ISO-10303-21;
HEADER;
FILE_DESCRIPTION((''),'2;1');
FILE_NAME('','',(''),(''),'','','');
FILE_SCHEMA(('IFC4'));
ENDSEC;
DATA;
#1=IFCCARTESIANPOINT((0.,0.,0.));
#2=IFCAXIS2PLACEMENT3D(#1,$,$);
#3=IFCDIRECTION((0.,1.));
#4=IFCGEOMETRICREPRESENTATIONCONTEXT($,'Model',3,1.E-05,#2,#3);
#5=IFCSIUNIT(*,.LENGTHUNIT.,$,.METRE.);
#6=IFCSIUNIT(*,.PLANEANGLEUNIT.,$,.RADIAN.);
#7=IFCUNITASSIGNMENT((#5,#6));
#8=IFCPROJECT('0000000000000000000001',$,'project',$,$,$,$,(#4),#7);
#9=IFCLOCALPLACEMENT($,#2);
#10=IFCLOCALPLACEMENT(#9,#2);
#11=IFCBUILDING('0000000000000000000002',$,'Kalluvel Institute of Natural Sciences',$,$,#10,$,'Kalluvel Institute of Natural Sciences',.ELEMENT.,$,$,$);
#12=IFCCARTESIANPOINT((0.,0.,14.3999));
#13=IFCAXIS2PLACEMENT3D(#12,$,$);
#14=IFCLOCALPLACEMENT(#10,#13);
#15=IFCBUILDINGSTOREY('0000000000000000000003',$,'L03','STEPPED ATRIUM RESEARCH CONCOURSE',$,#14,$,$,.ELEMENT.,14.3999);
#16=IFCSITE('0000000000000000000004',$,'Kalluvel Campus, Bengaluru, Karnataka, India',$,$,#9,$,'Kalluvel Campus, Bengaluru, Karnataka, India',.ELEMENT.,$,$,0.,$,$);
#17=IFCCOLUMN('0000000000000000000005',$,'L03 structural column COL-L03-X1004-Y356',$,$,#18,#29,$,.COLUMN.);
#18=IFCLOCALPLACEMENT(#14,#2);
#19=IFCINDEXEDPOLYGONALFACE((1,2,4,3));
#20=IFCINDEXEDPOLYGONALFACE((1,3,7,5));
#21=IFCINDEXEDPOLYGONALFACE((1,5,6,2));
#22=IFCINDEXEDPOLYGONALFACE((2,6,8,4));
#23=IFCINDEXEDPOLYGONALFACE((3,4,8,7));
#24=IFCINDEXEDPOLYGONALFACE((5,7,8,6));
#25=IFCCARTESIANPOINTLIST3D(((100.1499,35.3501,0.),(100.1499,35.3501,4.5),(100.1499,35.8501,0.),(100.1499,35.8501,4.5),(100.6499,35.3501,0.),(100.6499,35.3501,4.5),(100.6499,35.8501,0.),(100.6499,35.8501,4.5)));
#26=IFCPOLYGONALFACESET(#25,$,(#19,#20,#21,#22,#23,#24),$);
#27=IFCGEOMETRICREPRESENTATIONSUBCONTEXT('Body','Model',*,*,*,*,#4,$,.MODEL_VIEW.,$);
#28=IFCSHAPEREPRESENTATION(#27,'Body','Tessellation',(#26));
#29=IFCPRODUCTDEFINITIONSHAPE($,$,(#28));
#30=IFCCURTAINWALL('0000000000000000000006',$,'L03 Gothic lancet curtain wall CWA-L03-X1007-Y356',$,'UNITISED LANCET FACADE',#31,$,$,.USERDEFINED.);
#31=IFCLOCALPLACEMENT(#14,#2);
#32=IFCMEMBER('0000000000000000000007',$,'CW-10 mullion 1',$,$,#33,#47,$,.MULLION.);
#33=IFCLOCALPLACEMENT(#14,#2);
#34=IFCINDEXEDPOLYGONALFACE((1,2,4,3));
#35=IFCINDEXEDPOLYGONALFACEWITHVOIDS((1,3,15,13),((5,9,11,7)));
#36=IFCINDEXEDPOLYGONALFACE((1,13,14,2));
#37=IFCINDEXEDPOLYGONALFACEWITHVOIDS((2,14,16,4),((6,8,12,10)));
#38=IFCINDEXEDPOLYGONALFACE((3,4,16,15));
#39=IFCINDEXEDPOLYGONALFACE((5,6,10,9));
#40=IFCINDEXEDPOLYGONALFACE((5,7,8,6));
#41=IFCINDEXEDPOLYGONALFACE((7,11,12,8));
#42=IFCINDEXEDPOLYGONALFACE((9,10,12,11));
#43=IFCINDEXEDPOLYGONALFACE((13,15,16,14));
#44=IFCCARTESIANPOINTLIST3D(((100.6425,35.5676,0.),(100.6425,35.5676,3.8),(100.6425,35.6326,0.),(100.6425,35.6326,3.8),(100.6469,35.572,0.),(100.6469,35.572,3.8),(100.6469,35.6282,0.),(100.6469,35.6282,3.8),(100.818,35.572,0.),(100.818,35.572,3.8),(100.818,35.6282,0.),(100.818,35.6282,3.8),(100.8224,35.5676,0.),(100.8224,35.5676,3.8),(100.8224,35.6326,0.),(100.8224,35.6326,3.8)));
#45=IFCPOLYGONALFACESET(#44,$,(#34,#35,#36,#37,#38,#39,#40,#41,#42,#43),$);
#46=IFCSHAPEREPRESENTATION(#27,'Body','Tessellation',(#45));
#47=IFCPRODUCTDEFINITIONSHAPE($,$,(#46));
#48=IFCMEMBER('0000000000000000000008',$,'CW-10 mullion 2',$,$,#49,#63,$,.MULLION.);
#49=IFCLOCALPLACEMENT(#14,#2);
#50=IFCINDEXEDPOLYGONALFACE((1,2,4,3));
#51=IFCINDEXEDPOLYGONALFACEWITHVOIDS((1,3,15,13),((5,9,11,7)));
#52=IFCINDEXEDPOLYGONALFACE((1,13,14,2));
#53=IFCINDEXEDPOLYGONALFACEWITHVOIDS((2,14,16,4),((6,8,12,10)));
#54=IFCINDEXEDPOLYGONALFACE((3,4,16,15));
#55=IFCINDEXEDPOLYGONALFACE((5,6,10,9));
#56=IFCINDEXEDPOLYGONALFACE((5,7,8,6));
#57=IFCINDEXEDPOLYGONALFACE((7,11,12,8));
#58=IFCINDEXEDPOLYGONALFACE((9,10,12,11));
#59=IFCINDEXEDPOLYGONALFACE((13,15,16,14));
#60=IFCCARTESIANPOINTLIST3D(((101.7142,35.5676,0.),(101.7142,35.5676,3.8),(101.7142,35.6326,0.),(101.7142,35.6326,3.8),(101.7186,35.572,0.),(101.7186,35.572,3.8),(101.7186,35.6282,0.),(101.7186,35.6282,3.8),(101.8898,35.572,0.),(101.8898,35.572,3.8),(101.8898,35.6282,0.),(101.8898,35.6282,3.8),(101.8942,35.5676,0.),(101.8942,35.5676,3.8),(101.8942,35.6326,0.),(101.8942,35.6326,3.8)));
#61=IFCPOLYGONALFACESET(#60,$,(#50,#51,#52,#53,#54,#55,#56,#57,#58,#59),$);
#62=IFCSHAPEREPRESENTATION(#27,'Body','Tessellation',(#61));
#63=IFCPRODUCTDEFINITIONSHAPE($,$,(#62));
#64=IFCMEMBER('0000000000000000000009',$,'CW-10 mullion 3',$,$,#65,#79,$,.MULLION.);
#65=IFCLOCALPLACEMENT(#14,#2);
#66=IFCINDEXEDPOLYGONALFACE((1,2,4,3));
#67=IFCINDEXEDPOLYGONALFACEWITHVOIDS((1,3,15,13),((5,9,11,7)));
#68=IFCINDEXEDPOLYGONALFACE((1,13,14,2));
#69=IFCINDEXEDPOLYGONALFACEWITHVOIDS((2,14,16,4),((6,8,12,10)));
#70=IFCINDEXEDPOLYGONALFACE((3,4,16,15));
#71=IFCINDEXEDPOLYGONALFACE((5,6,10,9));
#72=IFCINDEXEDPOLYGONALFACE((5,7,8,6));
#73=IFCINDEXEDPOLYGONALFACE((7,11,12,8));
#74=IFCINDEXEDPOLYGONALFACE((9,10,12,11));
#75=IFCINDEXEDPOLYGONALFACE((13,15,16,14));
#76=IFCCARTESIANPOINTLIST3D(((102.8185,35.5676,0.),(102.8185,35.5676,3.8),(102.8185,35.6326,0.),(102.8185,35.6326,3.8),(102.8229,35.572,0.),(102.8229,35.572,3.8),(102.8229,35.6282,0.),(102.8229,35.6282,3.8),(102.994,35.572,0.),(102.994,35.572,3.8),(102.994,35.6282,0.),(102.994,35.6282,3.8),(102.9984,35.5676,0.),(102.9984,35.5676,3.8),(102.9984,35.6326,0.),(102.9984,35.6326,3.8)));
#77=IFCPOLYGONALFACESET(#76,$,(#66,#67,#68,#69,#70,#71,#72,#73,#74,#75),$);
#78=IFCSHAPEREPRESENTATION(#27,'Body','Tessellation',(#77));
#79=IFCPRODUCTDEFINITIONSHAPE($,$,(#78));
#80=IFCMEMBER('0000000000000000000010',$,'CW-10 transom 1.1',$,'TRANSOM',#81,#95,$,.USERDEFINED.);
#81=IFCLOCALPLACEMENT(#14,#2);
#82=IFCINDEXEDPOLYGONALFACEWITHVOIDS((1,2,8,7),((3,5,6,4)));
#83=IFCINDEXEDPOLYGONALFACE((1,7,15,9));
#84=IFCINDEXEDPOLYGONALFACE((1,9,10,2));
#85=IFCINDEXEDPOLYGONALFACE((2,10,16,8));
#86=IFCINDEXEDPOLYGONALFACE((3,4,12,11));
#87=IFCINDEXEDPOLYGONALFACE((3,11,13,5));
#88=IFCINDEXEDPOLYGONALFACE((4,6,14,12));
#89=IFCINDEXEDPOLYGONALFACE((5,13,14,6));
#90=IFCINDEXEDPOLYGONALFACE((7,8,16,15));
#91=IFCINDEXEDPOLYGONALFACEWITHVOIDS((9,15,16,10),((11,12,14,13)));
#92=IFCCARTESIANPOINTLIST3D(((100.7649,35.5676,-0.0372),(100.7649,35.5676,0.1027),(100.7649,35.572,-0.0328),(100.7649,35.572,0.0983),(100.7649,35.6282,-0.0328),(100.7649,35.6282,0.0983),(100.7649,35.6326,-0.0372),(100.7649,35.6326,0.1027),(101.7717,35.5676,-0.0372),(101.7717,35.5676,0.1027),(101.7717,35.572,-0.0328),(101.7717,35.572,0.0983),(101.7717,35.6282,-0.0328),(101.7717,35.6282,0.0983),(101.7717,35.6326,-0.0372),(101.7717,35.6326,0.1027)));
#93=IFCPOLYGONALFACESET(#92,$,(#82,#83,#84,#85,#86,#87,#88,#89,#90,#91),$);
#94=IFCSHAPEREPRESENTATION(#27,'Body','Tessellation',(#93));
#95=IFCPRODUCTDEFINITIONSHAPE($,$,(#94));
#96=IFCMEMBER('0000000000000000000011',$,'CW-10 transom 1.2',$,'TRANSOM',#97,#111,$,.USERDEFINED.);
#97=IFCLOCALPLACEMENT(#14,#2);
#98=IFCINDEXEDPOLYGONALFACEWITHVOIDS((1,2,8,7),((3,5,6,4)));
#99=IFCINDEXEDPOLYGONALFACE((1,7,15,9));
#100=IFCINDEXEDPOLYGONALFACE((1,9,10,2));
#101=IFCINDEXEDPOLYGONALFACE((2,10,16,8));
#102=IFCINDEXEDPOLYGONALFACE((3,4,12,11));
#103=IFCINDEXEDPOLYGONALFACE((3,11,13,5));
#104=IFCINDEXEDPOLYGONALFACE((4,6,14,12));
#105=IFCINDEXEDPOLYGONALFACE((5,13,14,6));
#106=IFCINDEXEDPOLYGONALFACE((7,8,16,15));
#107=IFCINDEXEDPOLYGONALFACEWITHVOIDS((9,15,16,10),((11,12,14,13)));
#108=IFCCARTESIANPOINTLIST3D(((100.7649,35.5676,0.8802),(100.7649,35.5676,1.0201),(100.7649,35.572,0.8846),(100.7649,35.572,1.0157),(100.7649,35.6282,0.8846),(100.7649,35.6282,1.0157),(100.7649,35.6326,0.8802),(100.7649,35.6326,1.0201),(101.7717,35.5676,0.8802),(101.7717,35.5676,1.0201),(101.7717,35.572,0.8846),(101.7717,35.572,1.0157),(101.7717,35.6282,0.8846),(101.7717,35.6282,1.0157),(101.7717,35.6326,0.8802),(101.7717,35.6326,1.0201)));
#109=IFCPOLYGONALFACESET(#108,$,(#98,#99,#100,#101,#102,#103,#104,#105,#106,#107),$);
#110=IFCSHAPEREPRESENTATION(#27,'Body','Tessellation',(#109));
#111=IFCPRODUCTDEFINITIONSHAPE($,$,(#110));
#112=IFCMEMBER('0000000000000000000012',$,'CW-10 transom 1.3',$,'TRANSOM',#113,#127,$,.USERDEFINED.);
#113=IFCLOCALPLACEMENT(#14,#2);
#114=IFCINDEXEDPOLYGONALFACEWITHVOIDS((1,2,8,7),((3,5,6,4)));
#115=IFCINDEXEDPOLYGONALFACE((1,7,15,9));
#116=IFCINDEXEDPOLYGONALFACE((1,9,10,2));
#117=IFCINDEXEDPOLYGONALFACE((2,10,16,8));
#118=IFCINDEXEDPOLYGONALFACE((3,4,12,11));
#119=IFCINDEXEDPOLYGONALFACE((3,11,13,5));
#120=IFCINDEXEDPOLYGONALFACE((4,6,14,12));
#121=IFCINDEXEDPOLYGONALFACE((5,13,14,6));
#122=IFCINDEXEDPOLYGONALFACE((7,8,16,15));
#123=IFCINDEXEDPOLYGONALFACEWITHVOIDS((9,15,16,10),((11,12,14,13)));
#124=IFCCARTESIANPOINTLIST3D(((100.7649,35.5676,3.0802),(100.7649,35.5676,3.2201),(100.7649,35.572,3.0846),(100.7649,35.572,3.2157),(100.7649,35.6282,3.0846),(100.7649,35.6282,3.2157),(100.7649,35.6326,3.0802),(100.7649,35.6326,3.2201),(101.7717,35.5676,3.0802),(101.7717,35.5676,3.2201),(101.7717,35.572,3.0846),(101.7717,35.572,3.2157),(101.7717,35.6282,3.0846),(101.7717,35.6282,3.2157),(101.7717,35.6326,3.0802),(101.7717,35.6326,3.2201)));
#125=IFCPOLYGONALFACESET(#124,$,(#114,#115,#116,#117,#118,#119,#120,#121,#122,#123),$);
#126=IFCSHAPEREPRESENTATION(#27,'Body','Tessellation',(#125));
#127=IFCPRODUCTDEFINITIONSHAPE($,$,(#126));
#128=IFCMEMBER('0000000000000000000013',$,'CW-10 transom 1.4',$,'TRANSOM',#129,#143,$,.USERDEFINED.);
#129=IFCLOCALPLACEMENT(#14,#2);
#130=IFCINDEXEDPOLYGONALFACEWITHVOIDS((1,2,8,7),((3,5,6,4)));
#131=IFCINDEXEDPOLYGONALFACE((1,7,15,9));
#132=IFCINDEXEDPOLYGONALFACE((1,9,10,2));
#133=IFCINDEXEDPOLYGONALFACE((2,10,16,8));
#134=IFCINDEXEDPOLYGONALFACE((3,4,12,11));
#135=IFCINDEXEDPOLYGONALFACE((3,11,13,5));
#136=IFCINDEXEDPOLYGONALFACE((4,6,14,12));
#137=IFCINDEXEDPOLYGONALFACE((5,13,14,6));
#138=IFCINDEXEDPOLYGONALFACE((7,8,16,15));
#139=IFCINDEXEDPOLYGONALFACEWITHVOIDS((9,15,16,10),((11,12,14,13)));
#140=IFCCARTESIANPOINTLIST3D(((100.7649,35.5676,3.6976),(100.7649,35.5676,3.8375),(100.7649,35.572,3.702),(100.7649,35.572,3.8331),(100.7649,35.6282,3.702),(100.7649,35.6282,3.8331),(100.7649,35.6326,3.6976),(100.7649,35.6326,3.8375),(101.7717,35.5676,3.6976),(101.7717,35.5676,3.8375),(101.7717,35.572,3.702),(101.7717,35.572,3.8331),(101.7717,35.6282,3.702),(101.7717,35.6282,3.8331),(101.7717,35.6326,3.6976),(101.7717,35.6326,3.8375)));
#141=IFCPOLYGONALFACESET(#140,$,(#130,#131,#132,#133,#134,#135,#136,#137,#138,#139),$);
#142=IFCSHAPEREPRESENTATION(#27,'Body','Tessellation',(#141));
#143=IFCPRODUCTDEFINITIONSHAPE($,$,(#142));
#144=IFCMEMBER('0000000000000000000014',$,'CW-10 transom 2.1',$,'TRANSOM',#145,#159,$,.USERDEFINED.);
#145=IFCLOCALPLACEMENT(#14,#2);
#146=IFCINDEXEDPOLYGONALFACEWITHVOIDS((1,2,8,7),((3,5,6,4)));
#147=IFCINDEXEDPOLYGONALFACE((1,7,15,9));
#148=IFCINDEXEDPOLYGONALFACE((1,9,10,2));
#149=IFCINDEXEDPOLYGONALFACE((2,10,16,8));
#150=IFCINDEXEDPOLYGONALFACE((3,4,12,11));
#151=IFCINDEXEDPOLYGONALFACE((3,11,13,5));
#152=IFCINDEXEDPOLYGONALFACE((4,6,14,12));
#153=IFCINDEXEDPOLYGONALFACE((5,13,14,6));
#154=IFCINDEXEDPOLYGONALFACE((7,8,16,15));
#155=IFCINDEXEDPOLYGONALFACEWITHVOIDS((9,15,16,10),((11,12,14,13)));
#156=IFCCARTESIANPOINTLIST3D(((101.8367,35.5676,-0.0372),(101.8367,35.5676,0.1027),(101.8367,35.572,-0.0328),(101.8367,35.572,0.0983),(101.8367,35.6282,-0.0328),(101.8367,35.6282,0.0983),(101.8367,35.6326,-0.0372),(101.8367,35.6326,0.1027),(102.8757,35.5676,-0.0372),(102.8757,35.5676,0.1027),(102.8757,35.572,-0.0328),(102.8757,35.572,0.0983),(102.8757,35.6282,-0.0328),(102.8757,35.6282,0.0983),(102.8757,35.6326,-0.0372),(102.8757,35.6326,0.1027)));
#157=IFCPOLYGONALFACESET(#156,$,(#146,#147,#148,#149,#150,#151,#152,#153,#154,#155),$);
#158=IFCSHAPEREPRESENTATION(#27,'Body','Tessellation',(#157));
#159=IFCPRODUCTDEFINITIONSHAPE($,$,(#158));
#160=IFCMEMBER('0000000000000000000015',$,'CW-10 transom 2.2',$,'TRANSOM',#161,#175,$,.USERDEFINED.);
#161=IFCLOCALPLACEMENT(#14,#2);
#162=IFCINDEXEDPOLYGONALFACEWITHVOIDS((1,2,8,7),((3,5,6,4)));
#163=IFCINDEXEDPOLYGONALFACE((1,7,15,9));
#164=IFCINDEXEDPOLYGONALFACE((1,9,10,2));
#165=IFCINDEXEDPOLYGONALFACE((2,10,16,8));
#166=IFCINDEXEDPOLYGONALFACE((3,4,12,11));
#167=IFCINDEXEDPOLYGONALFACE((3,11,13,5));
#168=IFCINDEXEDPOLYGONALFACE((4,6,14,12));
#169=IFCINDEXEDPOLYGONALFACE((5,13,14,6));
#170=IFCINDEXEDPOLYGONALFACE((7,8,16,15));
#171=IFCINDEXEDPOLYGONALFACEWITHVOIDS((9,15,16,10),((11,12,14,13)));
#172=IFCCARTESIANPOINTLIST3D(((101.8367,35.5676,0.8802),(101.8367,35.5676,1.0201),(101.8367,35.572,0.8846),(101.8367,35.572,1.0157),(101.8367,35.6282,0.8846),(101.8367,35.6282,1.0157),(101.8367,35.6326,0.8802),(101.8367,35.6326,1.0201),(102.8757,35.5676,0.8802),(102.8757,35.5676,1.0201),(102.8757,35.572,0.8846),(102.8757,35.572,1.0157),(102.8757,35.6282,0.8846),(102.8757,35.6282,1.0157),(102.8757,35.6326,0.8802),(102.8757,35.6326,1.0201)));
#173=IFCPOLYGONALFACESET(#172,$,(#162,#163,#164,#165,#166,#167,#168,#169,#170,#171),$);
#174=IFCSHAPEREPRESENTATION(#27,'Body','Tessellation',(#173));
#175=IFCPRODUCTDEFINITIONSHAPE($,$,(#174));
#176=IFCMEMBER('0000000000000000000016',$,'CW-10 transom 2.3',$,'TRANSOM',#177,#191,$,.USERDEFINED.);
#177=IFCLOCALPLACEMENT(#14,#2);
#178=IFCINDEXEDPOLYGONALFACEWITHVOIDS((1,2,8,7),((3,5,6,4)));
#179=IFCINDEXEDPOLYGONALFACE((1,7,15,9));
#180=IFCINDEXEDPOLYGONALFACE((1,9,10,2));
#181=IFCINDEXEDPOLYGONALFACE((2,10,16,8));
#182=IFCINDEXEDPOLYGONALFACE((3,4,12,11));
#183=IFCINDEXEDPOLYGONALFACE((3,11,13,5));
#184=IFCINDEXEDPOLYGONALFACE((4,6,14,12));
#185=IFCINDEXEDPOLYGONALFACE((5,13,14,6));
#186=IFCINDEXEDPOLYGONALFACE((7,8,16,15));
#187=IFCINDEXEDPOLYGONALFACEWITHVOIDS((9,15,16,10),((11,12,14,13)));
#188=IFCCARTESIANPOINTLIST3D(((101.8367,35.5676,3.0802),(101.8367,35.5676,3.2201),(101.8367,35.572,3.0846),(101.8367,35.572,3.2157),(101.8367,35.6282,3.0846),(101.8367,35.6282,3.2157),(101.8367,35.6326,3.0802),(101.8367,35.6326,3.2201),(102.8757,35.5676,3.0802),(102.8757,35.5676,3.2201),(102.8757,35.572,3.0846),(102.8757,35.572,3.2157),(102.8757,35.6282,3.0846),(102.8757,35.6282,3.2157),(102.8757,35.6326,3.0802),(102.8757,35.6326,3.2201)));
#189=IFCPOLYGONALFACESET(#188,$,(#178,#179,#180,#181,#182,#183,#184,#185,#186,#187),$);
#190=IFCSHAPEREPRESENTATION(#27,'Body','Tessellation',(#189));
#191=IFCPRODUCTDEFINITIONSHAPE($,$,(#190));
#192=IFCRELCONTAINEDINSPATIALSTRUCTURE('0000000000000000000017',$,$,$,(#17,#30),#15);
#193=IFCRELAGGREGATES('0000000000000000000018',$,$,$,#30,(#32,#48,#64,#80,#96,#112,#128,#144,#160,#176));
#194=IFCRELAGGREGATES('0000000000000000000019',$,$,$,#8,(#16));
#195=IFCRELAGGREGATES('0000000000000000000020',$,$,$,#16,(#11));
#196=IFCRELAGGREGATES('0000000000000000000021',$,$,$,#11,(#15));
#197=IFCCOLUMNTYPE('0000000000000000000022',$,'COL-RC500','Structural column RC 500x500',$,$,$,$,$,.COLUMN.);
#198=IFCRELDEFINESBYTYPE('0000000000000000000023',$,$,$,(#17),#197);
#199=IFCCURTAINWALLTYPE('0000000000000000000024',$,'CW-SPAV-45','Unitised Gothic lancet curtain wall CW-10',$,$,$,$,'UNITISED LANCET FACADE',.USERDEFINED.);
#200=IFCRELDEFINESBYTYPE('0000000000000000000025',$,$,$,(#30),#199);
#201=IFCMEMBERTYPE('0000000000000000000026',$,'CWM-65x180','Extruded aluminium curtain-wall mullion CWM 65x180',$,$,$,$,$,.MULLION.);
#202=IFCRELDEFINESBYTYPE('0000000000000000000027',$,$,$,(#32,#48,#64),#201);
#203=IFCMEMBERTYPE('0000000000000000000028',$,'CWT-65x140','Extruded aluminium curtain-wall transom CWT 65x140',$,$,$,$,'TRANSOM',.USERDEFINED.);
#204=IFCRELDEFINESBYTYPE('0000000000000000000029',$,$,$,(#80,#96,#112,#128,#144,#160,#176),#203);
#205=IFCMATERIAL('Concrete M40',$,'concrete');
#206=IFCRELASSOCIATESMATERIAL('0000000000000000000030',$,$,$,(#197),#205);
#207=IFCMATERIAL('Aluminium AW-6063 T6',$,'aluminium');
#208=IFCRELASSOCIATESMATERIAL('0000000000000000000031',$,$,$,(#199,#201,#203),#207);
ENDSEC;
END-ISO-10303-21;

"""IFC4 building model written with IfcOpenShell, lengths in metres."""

from ifc_helpers import new_model, si_unit, direction, frame, origin, origin_2d, place, context, subcontext, project, spatial, rectangle, hollow_rectangle, extrude, material, material_profile, profile_set, type_object, element, aggregate, save


model = new_model("IFC4")

# Units and contexts
model_context = context("Model", 3, precision=1e-05, world=origin(), true_north=direction((0.0, 1.0)))
body_context = subcontext(model_context, "Body", "Model", "MODEL_VIEW")
ifc_project = project(units=[si_unit("LENGTHUNIT", "METRE"), si_unit("PLANEANGLEUNIT", "RADIAN")], contexts=[model_context])

# Site, building, storey
site_placement = place(None, origin())
site = spatial("IfcSite", under=ifc_project, at=site_placement, Name="Kalluvel Campus, Bengaluru, Karnataka, India", LongName="Kalluvel Campus, Bengaluru, Karnataka, India", CompositionType="ELEMENT", RefElevation=0.0)
building_placement = place(site_placement, origin())
building = spatial("IfcBuilding", under=site, at=building_placement, Name="Kalluvel Institute of Natural Sciences", LongName="Kalluvel Institute of Natural Sciences", CompositionType="ELEMENT")
storey_placement = place(building_placement, frame((0.0, 0.0, 14.3999)))
storey = spatial("IfcBuildingStorey", under=building, at=storey_placement, Name="L03", Description="STEPPED ATRIUM RESEARCH CONCOURSE", CompositionType="ELEMENT", Elevation=14.3999)

# Column
ifc_material_1 = material(Name="Concrete M40", Category="concrete")
ifc_material_profile_1 = material_profile(ifc_material_1, rectangle(XDim=0.5, YDim=0.5, at=origin_2d()), Name="RC 500x500")
ifc_profile_set_1 = profile_set([ifc_material_profile_1], Name="Concrete M40")
column_type = type_object("IfcColumnType", Name="COL-RC500", Description="Structural column RC 500x500", PredefinedType="COLUMN", material=ifc_profile_set_1)
column_placement = place(storey_placement, frame((100.3999, 35.6001, 0.0), z_axis=(0.0, 0.0, 1.0), x_axis=(1.0, 0.0, 0.0)))
element("IfcColumn", 1, at=column_placement, inside=storey, type_object=column_type, Name="L03 structural column COL-L03-X1004-Y356", PredefinedType="COLUMN", context=body_context, shape_type="SweptSolid", body=[
    extrude(rectangle(XDim=0.5, YDim=0.5, at=origin_2d()), origin(), (0.0, 0.0, 1.0), 4.5),
])

# Curtain wall, members
ifc_material_2 = material(Name="Aluminium AW-6063 T6", Category="aluminium")
curtain_wall_type = type_object("IfcCurtainWallType", Name="CW-SPAV-45", Description="Unitised Gothic lancet curtain wall CW-10", ElementType="UNITISED LANCET FACADE", PredefinedType="USERDEFINED", material=ifc_material_2)
curtain_wall_placement = place(storey_placement, origin())
curtain_wall = element("IfcCurtainWall", 2, at=curtain_wall_placement, inside=storey, type_object=curtain_wall_type, Name="L03 Gothic lancet curtain wall CWA-L03-X1007-Y356", ObjectType="UNITISED LANCET FACADE", PredefinedType="USERDEFINED")
ifc_material_profile_2 = material_profile(ifc_material_2, hollow_rectangle(XDim=0.0649, YDim=0.1799, WallThickness=0.0044, at=origin_2d()), Name="CWM 65x180")
ifc_profile_set_2 = profile_set([ifc_material_profile_2], Name="Aluminium AW-6063 T6")
member_type_1 = type_object("IfcMemberType", Name="CWM-65x180", Description="Extruded aluminium curtain-wall mullion CWM 65x180", PredefinedType="MULLION", material=ifc_profile_set_2)
member_1_placement = place(storey_placement, frame((100.7324, 35.6001, 0.0), z_axis=(0.0, 0.0, 1.0), x_axis=(0.0, 1.0, 0.0)))
member_1 = element("IfcMember", 3, at=member_1_placement, type_object=member_type_1, Name="CW-10 mullion 1", PredefinedType="MULLION", context=body_context, shape_type="SweptSolid", body=[
    extrude(hollow_rectangle(XDim=0.0649, YDim=0.1799, WallThickness=0.0044, at=origin_2d()), origin(), (0.0, 0.0, 1.0), 3.8),
])
member_2_placement = place(storey_placement, frame((101.8042, 35.6001, 0.0), z_axis=(0.0, 0.0, 1.0), x_axis=(0.0, 1.0, 0.0)))
member_2 = element("IfcMember", 4, at=member_2_placement, type_object=member_type_1, Name="CW-10 mullion 2", PredefinedType="MULLION", context=body_context, shape_type="SweptSolid", body=[
    extrude(hollow_rectangle(XDim=0.0649, YDim=0.1799, WallThickness=0.0044, at=origin_2d()), origin(), (0.0, 0.0, 1.0), 3.8),
])
member_3_placement = place(storey_placement, frame((102.9084, 35.6001, 0.0), z_axis=(0.0, 0.0, 1.0), x_axis=(0.0, 1.0, 0.0)))
member_3 = element("IfcMember", 5, at=member_3_placement, type_object=member_type_1, Name="CW-10 mullion 3", PredefinedType="MULLION", context=body_context, shape_type="SweptSolid", body=[
    extrude(hollow_rectangle(XDim=0.0649, YDim=0.1799, WallThickness=0.0044, at=origin_2d()), origin(), (0.0, 0.0, 1.0), 3.8),
])
ifc_material_profile_3 = material_profile(ifc_material_2, hollow_rectangle(XDim=0.0649, YDim=0.1399, WallThickness=0.0044, at=origin_2d()), Name="CWT 65x140")
ifc_profile_set_3 = profile_set([ifc_material_profile_3], Name="Aluminium AW-6063 T6")
member_type_2 = type_object("IfcMemberType", Name="CWT-65x140", Description="Extruded aluminium curtain-wall transom CWT 65x140", ElementType="TRANSOM", PredefinedType="USERDEFINED", material=ifc_profile_set_3)
member_4_placement = place(storey_placement, frame((100.7649, 35.6001, 0.0327), z_axis=(1.0, 0.0, 0.0), x_axis=(0.0, 1.0, 0.0)))
member_4 = element("IfcMember", 6, at=member_4_placement, type_object=member_type_2, Name="CW-10 transom 1.1", ObjectType="TRANSOM", PredefinedType="USERDEFINED", context=body_context, shape_type="SweptSolid", body=[
    extrude(hollow_rectangle(XDim=0.0649, YDim=0.1399, WallThickness=0.0044, at=origin_2d()), origin(), (0.0, 0.0, 1.0), 1.0068),
])
member_5_placement = place(storey_placement, frame((100.7649, 35.6001, 0.9502), z_axis=(1.0, 0.0, 0.0), x_axis=(0.0, 1.0, 0.0)))
member_5 = element("IfcMember", 7, at=member_5_placement, type_object=member_type_2, Name="CW-10 transom 1.2", ObjectType="TRANSOM", PredefinedType="USERDEFINED", context=body_context, shape_type="SweptSolid", body=[
    extrude(hollow_rectangle(XDim=0.0649, YDim=0.1399, WallThickness=0.0044, at=origin_2d()), origin(), (0.0, 0.0, 1.0), 1.0068),
])
member_6_placement = place(storey_placement, frame((100.7649, 35.6001, 3.1501), z_axis=(1.0, 0.0, 0.0), x_axis=(0.0, 1.0, 0.0)))
member_6 = element("IfcMember", 8, at=member_6_placement, type_object=member_type_2, Name="CW-10 transom 1.3", ObjectType="TRANSOM", PredefinedType="USERDEFINED", context=body_context, shape_type="SweptSolid", body=[
    extrude(hollow_rectangle(XDim=0.0649, YDim=0.1399, WallThickness=0.0044, at=origin_2d()), origin(), (0.0, 0.0, 1.0), 1.0068),
])
member_7_placement = place(storey_placement, frame((100.7649, 35.6001, 3.7676), z_axis=(1.0, 0.0, 0.0), x_axis=(0.0, 1.0, 0.0)))
member_7 = element("IfcMember", 9, at=member_7_placement, type_object=member_type_2, Name="CW-10 transom 1.4", ObjectType="TRANSOM", PredefinedType="USERDEFINED", context=body_context, shape_type="SweptSolid", body=[
    extrude(hollow_rectangle(XDim=0.0649, YDim=0.1399, WallThickness=0.0044, at=origin_2d()), origin(), (0.0, 0.0, 1.0), 1.0068),
])
member_8_placement = place(storey_placement, frame((101.8367, 35.6001, 0.0327), z_axis=(1.0, 0.0, 0.0), x_axis=(0.0, 1.0, 0.0)))
member_8 = element("IfcMember", 10, at=member_8_placement, type_object=member_type_2, Name="CW-10 transom 2.1", ObjectType="TRANSOM", PredefinedType="USERDEFINED", context=body_context, shape_type="SweptSolid", body=[
    extrude(hollow_rectangle(XDim=0.0649, YDim=0.1399, WallThickness=0.0044, at=origin_2d()), origin(), (0.0, 0.0, 1.0), 1.0391),
])
member_9_placement = place(storey_placement, frame((101.8367, 35.6001, 0.9502), z_axis=(1.0, 0.0, 0.0), x_axis=(0.0, 1.0, 0.0)))
member_9 = element("IfcMember", 11, at=member_9_placement, type_object=member_type_2, Name="CW-10 transom 2.2", ObjectType="TRANSOM", PredefinedType="USERDEFINED", context=body_context, shape_type="SweptSolid", body=[
    extrude(hollow_rectangle(XDim=0.0649, YDim=0.1399, WallThickness=0.0044, at=origin_2d()), origin(), (0.0, 0.0, 1.0), 1.0391),
])
member_10_placement = place(storey_placement, frame((101.8367, 35.6001, 3.1501), z_axis=(1.0, 0.0, 0.0), x_axis=(0.0, 1.0, 0.0)))
member_10 = element("IfcMember", 12, at=member_10_placement, type_object=member_type_2, Name="CW-10 transom 2.3", ObjectType="TRANSOM", PredefinedType="USERDEFINED", context=body_context, shape_type="SweptSolid", body=[
    extrude(hollow_rectangle(XDim=0.0649, YDim=0.1399, WallThickness=0.0044, at=origin_2d()), origin(), (0.0, 0.0, 1.0), 1.0391),
])

aggregate(curtain_wall, [member_1, member_2, member_3, member_4, member_5, member_6, member_7, member_8, member_9, member_10])

save(model, "model.ifc")
